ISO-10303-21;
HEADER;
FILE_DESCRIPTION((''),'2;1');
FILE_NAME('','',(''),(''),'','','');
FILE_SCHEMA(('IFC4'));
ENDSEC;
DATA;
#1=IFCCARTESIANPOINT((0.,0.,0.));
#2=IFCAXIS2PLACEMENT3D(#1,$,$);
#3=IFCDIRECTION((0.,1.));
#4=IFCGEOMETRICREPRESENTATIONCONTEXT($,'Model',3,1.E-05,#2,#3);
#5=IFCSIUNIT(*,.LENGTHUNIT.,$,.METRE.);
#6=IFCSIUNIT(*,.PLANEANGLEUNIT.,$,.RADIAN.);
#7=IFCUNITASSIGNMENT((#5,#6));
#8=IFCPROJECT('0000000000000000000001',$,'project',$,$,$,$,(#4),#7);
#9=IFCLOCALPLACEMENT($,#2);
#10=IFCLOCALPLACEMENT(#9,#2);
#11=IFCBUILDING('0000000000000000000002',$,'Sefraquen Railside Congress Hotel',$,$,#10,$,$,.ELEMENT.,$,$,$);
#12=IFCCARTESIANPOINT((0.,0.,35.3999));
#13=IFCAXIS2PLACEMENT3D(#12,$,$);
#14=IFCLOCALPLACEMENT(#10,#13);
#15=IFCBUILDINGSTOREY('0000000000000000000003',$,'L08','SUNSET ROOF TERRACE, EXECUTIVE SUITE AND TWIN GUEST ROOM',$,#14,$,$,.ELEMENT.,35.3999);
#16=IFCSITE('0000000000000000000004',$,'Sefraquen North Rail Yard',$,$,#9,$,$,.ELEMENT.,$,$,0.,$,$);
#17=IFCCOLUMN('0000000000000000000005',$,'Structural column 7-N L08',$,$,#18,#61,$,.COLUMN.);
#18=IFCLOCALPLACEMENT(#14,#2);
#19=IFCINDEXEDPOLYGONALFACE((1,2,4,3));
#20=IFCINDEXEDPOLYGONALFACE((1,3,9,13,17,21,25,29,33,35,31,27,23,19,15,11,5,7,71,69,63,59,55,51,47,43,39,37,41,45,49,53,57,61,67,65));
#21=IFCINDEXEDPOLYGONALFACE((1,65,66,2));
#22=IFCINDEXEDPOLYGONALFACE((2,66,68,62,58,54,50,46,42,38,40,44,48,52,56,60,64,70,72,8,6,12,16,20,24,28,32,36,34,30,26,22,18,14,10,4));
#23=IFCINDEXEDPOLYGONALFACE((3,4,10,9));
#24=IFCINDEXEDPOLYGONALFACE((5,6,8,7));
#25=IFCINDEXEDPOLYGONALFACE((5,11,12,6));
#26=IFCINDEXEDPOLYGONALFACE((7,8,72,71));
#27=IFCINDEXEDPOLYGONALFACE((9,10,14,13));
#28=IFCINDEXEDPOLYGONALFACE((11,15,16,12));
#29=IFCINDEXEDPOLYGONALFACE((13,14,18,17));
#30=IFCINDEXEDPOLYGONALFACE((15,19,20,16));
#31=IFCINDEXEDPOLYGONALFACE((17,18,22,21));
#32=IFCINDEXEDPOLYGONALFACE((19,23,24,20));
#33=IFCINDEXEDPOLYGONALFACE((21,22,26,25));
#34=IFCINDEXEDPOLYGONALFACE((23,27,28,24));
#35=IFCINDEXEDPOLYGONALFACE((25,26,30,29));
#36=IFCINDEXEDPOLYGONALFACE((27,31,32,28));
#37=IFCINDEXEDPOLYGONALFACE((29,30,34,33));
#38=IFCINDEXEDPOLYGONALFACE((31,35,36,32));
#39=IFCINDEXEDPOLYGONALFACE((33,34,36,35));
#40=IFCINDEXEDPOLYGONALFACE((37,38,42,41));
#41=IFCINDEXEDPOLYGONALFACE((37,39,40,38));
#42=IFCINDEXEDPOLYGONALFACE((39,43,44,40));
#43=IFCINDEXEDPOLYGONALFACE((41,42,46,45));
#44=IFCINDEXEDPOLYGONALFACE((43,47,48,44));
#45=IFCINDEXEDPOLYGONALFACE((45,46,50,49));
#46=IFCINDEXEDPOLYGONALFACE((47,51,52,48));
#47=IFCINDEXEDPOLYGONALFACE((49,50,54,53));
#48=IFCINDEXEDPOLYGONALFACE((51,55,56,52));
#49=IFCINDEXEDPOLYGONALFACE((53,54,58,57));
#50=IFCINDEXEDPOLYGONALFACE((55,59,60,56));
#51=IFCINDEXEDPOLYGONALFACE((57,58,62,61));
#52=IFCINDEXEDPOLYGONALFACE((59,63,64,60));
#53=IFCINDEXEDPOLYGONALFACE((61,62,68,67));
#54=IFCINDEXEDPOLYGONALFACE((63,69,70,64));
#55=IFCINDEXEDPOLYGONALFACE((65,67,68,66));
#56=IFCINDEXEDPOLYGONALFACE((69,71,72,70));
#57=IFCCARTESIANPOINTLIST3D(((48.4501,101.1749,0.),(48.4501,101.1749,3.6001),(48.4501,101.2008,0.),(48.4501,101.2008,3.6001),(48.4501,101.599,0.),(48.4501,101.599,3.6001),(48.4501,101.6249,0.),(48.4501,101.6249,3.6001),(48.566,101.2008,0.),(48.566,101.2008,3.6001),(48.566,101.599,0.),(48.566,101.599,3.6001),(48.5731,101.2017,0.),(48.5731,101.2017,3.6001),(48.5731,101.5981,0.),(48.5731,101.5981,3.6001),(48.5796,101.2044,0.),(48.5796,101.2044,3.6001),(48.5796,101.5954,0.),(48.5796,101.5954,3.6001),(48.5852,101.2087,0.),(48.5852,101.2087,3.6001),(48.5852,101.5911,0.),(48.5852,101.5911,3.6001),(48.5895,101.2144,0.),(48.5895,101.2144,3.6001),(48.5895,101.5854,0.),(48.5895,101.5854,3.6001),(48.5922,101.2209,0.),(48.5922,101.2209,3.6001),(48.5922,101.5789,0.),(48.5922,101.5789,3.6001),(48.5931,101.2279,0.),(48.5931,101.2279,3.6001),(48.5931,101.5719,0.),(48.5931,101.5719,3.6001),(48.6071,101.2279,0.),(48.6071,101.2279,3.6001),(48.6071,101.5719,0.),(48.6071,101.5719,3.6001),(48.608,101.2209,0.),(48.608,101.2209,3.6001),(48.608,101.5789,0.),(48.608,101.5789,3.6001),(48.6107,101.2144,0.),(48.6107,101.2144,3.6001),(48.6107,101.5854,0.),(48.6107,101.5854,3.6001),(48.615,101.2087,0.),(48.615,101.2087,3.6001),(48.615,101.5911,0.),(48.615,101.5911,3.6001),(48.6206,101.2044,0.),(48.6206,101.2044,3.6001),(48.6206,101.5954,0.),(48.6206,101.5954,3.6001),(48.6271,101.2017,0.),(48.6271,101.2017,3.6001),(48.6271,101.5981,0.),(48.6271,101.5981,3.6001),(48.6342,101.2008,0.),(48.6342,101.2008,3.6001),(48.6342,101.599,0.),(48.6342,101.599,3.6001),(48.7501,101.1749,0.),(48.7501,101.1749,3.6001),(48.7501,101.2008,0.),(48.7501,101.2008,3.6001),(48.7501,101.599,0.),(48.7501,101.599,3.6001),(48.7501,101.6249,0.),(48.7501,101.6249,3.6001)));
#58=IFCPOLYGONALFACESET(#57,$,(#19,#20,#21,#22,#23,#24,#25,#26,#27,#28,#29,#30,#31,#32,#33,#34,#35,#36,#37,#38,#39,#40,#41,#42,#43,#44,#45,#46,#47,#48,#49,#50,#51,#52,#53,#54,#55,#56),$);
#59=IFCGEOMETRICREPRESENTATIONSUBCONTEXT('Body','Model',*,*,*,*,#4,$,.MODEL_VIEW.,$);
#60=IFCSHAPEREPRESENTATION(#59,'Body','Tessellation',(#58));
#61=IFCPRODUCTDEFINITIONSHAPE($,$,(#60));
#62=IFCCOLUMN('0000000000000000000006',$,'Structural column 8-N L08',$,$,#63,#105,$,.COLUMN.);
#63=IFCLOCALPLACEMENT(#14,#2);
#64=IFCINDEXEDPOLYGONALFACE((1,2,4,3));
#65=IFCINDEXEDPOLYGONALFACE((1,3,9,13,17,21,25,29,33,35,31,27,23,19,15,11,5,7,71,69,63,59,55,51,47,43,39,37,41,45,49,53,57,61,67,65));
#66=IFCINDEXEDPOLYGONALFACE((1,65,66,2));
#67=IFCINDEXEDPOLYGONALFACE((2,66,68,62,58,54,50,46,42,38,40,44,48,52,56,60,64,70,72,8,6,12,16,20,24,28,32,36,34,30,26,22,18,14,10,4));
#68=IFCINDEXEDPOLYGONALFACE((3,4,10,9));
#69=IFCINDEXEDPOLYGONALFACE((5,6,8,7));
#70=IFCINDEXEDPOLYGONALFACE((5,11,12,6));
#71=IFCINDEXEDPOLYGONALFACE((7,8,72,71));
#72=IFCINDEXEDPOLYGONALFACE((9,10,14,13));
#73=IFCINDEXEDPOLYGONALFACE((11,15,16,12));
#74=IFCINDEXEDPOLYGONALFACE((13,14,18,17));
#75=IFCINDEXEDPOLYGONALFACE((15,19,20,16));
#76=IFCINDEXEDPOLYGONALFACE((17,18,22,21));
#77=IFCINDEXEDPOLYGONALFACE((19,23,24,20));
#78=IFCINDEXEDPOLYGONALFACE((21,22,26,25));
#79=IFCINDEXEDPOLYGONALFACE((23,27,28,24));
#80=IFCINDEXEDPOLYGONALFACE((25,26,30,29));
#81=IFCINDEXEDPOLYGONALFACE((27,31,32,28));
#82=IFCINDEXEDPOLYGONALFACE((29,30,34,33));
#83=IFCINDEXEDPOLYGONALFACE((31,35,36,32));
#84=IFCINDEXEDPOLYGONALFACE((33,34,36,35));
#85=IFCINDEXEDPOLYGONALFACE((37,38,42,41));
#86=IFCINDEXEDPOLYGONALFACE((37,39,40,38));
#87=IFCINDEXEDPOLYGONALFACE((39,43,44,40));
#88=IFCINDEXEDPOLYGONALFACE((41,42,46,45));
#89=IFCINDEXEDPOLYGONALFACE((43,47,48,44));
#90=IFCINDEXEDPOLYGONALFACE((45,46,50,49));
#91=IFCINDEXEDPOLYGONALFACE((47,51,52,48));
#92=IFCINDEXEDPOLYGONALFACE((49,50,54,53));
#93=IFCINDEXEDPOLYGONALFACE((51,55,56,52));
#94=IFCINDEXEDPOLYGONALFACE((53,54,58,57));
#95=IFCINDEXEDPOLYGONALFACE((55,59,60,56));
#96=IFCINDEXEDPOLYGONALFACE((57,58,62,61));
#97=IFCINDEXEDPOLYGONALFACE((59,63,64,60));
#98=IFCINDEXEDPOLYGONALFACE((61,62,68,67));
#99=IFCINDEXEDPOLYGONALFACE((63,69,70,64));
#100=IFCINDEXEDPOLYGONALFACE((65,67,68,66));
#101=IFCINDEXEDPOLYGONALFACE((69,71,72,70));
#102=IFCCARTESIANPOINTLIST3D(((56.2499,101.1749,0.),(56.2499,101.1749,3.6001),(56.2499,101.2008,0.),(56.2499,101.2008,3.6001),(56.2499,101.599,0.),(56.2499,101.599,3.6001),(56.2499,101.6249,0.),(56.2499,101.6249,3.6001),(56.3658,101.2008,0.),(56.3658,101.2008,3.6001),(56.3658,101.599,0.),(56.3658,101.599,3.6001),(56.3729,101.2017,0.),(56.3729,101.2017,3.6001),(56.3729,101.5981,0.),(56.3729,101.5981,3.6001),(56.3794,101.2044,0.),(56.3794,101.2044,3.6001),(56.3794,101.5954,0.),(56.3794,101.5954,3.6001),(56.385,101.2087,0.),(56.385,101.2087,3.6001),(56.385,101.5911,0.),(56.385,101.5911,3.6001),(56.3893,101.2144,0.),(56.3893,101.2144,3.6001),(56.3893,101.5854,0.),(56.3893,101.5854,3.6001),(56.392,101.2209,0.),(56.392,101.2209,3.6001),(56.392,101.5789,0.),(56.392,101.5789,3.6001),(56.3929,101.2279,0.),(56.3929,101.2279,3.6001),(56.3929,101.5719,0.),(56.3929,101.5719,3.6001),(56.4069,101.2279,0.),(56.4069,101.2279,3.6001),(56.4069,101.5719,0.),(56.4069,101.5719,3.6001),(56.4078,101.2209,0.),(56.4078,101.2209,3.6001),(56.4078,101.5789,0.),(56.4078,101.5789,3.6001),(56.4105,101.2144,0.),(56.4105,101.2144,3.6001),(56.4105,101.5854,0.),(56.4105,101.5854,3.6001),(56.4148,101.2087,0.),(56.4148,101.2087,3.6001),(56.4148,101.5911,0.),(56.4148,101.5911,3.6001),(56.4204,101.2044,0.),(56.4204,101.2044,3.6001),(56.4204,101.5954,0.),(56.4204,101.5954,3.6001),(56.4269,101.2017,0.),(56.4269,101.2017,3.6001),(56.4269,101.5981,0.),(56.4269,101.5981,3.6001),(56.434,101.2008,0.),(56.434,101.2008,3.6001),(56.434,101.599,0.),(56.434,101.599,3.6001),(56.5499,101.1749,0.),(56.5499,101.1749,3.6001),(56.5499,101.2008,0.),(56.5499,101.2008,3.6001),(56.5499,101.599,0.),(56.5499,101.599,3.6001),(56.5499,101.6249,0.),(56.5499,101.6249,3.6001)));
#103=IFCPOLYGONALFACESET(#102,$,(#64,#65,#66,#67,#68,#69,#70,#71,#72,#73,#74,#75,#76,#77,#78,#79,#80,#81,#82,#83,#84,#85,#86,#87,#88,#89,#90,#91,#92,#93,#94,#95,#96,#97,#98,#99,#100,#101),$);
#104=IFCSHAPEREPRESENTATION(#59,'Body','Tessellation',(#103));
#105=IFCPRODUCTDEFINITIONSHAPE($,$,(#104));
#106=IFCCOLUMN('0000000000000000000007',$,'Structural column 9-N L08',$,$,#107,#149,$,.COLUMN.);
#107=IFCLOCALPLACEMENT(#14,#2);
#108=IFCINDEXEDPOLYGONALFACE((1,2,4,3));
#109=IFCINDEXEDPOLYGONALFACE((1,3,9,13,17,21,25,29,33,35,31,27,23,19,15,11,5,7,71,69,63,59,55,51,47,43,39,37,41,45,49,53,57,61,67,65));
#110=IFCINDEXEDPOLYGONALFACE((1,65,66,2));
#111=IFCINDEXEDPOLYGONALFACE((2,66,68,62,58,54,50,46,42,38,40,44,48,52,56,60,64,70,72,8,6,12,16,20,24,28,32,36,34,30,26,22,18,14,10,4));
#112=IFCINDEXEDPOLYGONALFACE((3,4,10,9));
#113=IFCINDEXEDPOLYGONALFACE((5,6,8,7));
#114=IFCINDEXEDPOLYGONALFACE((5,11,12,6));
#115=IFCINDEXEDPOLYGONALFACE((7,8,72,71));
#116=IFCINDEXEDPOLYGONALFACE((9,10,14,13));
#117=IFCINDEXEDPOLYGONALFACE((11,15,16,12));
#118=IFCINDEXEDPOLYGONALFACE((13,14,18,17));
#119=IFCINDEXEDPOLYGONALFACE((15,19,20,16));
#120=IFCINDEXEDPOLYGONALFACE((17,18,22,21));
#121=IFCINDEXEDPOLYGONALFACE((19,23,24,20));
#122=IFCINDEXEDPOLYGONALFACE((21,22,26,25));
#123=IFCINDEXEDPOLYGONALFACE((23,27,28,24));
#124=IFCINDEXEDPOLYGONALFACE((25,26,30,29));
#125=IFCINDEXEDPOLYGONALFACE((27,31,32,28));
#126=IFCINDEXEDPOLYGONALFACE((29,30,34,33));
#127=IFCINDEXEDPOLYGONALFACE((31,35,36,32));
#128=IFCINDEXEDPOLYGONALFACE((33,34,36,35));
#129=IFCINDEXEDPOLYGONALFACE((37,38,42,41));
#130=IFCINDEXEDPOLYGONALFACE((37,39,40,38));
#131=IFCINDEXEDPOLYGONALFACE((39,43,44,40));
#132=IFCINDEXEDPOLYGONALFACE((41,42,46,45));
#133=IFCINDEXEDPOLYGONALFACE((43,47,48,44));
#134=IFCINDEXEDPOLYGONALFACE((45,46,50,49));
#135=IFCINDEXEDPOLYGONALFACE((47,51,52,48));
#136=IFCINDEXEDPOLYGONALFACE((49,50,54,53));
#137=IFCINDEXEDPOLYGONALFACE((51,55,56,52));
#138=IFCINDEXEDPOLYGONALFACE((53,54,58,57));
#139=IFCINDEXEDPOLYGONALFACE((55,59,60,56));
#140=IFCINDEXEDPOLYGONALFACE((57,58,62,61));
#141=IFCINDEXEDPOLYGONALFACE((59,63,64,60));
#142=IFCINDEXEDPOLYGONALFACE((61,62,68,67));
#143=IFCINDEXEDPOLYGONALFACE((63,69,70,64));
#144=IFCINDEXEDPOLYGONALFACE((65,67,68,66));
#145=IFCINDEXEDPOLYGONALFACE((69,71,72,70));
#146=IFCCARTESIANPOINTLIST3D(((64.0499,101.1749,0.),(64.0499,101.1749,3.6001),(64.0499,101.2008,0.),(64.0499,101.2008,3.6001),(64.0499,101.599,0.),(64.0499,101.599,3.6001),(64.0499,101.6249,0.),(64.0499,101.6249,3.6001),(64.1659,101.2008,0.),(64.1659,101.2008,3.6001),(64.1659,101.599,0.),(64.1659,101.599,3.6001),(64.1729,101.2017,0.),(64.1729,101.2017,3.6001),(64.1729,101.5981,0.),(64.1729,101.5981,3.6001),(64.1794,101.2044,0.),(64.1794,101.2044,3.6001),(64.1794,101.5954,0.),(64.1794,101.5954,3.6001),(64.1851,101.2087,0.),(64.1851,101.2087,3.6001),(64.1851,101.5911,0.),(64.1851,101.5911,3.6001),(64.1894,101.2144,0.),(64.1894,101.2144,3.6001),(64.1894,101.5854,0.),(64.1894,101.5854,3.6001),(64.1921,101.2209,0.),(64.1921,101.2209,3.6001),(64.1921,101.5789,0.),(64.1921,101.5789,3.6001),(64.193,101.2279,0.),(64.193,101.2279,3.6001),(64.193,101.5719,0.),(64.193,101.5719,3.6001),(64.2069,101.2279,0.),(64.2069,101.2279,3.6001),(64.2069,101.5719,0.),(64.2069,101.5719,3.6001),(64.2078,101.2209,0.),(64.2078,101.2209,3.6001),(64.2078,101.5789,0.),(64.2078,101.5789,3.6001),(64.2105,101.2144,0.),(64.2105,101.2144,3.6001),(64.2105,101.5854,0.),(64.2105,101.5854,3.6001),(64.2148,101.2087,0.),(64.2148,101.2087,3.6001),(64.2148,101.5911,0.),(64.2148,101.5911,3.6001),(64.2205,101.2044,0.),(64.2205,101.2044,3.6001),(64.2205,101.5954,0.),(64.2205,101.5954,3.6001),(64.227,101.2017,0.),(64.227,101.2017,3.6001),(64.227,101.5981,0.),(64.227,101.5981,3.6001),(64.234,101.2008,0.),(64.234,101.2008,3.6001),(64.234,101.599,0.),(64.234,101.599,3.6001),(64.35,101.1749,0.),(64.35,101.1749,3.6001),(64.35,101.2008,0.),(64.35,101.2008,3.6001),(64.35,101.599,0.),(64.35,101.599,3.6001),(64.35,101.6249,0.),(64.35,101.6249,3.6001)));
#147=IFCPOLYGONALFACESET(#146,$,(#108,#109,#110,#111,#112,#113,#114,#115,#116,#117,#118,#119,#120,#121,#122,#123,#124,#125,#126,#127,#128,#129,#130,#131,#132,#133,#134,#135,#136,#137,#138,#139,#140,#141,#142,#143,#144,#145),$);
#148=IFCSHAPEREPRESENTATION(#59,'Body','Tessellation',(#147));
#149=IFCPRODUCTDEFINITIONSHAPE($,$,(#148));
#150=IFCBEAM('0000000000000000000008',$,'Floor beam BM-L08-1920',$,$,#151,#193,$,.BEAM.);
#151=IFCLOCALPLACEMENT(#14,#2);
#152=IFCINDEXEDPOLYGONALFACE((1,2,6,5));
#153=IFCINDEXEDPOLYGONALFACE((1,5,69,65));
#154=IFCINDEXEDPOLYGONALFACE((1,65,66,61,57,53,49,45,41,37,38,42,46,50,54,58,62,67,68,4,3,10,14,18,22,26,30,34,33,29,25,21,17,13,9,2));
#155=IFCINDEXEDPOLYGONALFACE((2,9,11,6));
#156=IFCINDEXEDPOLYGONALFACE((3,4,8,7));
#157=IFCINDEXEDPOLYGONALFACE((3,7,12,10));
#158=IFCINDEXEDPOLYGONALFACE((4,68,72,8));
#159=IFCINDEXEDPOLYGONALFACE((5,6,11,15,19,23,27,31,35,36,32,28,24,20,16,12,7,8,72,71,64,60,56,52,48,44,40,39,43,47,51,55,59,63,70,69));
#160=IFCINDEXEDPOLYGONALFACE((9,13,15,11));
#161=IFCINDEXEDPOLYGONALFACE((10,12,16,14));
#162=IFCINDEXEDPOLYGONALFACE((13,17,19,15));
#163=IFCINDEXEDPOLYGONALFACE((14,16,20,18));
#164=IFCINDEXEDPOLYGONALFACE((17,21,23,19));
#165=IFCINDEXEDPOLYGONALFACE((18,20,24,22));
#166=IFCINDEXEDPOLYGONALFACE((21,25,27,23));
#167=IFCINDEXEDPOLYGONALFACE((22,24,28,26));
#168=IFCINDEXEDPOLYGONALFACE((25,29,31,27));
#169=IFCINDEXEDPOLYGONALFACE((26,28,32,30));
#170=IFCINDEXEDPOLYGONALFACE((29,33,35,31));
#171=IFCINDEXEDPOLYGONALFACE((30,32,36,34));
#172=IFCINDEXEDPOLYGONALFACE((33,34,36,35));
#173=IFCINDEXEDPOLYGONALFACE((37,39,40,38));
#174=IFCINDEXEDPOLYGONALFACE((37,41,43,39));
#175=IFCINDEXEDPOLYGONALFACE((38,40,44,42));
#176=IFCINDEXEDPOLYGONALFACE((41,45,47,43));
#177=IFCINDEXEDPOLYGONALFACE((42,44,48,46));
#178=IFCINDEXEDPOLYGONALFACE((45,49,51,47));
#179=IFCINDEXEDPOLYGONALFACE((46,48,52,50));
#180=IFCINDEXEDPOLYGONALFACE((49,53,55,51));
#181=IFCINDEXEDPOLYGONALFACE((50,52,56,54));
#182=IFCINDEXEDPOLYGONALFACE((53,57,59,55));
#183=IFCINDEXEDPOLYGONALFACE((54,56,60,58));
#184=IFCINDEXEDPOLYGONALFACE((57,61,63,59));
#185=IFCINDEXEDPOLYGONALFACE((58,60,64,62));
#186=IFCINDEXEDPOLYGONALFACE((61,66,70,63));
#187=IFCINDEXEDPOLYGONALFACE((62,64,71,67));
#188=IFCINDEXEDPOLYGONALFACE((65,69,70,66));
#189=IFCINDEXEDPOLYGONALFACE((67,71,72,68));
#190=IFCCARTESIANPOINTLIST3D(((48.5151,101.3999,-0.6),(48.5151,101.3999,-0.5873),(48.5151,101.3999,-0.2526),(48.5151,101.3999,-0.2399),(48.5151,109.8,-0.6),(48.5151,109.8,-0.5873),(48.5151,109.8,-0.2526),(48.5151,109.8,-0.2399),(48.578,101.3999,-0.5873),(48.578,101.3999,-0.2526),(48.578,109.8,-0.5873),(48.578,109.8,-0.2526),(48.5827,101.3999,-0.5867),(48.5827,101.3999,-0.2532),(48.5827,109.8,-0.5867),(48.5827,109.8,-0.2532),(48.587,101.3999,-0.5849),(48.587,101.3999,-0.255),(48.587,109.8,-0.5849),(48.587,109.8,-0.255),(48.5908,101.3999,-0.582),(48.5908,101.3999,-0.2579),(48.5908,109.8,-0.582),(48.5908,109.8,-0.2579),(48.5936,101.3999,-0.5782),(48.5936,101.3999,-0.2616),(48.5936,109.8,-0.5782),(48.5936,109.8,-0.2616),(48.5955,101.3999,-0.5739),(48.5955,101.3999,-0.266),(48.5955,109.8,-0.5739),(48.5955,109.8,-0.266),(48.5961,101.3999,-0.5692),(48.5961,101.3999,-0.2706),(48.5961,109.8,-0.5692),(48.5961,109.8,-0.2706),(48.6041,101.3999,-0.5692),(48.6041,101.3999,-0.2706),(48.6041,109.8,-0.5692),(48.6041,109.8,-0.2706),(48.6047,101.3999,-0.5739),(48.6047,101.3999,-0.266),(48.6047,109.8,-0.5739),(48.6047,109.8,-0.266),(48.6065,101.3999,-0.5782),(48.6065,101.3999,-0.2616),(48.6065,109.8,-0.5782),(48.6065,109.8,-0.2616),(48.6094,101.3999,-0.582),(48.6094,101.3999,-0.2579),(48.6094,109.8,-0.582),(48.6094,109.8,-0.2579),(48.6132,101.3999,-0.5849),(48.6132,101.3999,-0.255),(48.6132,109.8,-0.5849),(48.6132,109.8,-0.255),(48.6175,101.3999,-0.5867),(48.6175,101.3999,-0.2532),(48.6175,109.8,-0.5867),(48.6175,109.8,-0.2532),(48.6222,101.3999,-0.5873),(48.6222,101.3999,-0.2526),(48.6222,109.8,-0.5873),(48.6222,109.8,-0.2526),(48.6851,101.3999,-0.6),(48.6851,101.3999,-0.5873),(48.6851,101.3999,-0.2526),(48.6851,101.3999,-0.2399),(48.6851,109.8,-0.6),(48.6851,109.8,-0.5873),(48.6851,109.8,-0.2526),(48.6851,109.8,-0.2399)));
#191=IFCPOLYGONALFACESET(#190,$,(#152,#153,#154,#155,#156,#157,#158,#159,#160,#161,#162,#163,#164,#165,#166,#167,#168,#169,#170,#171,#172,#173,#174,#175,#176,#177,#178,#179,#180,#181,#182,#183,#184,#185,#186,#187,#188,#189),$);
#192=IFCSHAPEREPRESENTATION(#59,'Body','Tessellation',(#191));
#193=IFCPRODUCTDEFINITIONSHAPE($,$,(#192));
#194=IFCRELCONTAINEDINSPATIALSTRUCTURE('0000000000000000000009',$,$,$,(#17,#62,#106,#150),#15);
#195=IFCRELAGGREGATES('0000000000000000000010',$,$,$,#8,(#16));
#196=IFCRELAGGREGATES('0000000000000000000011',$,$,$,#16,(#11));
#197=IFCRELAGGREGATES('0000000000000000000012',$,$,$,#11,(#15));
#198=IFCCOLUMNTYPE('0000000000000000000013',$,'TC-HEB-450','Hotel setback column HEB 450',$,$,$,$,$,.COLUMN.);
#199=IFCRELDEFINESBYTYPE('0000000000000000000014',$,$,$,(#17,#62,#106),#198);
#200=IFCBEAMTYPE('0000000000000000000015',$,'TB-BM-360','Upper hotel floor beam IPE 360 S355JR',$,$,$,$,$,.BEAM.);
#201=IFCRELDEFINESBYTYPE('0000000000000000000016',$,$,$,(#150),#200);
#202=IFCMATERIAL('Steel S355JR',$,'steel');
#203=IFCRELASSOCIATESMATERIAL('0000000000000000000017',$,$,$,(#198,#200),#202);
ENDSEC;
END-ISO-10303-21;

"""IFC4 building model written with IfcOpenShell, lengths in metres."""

from ifc_helpers import new_model, si_unit, direction, frame, origin, origin_2d, place, context, subcontext, project, spatial, i_section, extrude, material, material_profile, profile_set, type_object, element, save


model = new_model("IFC4")

# Units and contexts
model_context = context("Model", 3, precision=1e-05, world=origin(), true_north=direction((0.0, 1.0)))
body_context = subcontext(model_context, "Body", "Model", "MODEL_VIEW")
ifc_project = project(units=[si_unit("LENGTHUNIT", "METRE"), si_unit("PLANEANGLEUNIT", "RADIAN")], contexts=[model_context])

# Site, building, storey
site_placement = place(None, origin())
site = spatial("IfcSite", under=ifc_project, at=site_placement, Name="Sefraquen North Rail Yard", CompositionType="ELEMENT", RefElevation=0.0)
building_placement = place(site_placement, origin())
building = spatial("IfcBuilding", under=site, at=building_placement, Name="Sefraquen Railside Congress Hotel", CompositionType="ELEMENT")
storey_placement = place(building_placement, frame((0.0, 0.0, 35.3999)))
storey = spatial("IfcBuildingStorey", under=building, at=storey_placement, Name="L08", Description="SUNSET ROOF TERRACE, EXECUTIVE SUITE AND TWIN GUEST ROOM", CompositionType="ELEMENT", Elevation=35.3999)

# Columns
ifc_material_1 = material(Name="Steel S355JR", Category="steel")
ifc_material_profile_1 = material_profile(ifc_material_1, i_section(OverallWidth=0.3, OverallDepth=0.45, WebThickness=0.0139, FlangeThickness=0.0259, FilletRadius=0.0271, at=origin_2d()), Name="HEB 450")
ifc_profile_set_1 = profile_set([ifc_material_profile_1], Name="Steel S355JR")
column_type = type_object("IfcColumnType", Name="TC-HEB-450", Description="Hotel setback column HEB 450", PredefinedType="COLUMN", material=ifc_profile_set_1)
for number, where, z_axis, x_axis, name in (
    (1, (48.6001, 101.3999, 0.0), (0.0, 0.0, 1.0), (1.0, 0.0, 0.0), "Structural column 7-N L08"),
    (2, (56.3999, 101.3999, 0.0), (0.0, 0.0, 1.0), (1.0, 0.0, 0.0), "Structural column 8-N L08"),
    (3, (64.2, 101.3999, 0.0), (0.0, 0.0, 1.0), (1.0, 0.0, 0.0), "Structural column 9-N L08"),
):
    element("IfcColumn", number, at=place(storey_placement, frame(where, z_axis=z_axis, x_axis=x_axis)), inside=storey, type_object=column_type, Name=name, PredefinedType="COLUMN", context=body_context, shape_type="SweptSolid", body=[
        extrude(i_section(OverallWidth=0.3, OverallDepth=0.45, WebThickness=0.0139, FlangeThickness=0.0259, FilletRadius=0.0271, at=origin_2d()), origin(), (0.0, 0.0, 1.0), 3.6001),
    ])

# Beam
ifc_material_profile_2 = material_profile(ifc_material_1, i_section(OverallWidth=0.1699, OverallDepth=0.3601, WebThickness=0.0081, FlangeThickness=0.0127, FilletRadius=0.0181, at=origin_2d()), Name="IPE 360")
ifc_profile_set_2 = profile_set([ifc_material_profile_2], Name="Steel S355JR")
beam_type_1 = type_object("IfcBeamType", Name="TB-BM-360", Description="Upper hotel floor beam IPE 360 S355JR", PredefinedType="BEAM", material=ifc_profile_set_2)
for number, where, z_axis, x_axis, name in (
    (4, (48.6001, 101.3999, -0.4199), (0.0, 1.0, 0.0), (-1.0, 0.0, 0.0), "Floor beam BM-L08-1920"),
):
    element("IfcBeam", number, at=place(storey_placement, frame(where, z_axis=z_axis, x_axis=x_axis)), inside=storey, type_object=beam_type_1, Name=name, PredefinedType="BEAM", context=body_context, shape_type="SweptSolid", body=[
        extrude(i_section(OverallWidth=0.1699, OverallDepth=0.3601, WebThickness=0.0081, FlangeThickness=0.0127, FilletRadius=0.0181, at=origin_2d()), origin(), (0.0, 0.0, 1.0), 8.4001),
    ])

save(model, "model.ifc")
